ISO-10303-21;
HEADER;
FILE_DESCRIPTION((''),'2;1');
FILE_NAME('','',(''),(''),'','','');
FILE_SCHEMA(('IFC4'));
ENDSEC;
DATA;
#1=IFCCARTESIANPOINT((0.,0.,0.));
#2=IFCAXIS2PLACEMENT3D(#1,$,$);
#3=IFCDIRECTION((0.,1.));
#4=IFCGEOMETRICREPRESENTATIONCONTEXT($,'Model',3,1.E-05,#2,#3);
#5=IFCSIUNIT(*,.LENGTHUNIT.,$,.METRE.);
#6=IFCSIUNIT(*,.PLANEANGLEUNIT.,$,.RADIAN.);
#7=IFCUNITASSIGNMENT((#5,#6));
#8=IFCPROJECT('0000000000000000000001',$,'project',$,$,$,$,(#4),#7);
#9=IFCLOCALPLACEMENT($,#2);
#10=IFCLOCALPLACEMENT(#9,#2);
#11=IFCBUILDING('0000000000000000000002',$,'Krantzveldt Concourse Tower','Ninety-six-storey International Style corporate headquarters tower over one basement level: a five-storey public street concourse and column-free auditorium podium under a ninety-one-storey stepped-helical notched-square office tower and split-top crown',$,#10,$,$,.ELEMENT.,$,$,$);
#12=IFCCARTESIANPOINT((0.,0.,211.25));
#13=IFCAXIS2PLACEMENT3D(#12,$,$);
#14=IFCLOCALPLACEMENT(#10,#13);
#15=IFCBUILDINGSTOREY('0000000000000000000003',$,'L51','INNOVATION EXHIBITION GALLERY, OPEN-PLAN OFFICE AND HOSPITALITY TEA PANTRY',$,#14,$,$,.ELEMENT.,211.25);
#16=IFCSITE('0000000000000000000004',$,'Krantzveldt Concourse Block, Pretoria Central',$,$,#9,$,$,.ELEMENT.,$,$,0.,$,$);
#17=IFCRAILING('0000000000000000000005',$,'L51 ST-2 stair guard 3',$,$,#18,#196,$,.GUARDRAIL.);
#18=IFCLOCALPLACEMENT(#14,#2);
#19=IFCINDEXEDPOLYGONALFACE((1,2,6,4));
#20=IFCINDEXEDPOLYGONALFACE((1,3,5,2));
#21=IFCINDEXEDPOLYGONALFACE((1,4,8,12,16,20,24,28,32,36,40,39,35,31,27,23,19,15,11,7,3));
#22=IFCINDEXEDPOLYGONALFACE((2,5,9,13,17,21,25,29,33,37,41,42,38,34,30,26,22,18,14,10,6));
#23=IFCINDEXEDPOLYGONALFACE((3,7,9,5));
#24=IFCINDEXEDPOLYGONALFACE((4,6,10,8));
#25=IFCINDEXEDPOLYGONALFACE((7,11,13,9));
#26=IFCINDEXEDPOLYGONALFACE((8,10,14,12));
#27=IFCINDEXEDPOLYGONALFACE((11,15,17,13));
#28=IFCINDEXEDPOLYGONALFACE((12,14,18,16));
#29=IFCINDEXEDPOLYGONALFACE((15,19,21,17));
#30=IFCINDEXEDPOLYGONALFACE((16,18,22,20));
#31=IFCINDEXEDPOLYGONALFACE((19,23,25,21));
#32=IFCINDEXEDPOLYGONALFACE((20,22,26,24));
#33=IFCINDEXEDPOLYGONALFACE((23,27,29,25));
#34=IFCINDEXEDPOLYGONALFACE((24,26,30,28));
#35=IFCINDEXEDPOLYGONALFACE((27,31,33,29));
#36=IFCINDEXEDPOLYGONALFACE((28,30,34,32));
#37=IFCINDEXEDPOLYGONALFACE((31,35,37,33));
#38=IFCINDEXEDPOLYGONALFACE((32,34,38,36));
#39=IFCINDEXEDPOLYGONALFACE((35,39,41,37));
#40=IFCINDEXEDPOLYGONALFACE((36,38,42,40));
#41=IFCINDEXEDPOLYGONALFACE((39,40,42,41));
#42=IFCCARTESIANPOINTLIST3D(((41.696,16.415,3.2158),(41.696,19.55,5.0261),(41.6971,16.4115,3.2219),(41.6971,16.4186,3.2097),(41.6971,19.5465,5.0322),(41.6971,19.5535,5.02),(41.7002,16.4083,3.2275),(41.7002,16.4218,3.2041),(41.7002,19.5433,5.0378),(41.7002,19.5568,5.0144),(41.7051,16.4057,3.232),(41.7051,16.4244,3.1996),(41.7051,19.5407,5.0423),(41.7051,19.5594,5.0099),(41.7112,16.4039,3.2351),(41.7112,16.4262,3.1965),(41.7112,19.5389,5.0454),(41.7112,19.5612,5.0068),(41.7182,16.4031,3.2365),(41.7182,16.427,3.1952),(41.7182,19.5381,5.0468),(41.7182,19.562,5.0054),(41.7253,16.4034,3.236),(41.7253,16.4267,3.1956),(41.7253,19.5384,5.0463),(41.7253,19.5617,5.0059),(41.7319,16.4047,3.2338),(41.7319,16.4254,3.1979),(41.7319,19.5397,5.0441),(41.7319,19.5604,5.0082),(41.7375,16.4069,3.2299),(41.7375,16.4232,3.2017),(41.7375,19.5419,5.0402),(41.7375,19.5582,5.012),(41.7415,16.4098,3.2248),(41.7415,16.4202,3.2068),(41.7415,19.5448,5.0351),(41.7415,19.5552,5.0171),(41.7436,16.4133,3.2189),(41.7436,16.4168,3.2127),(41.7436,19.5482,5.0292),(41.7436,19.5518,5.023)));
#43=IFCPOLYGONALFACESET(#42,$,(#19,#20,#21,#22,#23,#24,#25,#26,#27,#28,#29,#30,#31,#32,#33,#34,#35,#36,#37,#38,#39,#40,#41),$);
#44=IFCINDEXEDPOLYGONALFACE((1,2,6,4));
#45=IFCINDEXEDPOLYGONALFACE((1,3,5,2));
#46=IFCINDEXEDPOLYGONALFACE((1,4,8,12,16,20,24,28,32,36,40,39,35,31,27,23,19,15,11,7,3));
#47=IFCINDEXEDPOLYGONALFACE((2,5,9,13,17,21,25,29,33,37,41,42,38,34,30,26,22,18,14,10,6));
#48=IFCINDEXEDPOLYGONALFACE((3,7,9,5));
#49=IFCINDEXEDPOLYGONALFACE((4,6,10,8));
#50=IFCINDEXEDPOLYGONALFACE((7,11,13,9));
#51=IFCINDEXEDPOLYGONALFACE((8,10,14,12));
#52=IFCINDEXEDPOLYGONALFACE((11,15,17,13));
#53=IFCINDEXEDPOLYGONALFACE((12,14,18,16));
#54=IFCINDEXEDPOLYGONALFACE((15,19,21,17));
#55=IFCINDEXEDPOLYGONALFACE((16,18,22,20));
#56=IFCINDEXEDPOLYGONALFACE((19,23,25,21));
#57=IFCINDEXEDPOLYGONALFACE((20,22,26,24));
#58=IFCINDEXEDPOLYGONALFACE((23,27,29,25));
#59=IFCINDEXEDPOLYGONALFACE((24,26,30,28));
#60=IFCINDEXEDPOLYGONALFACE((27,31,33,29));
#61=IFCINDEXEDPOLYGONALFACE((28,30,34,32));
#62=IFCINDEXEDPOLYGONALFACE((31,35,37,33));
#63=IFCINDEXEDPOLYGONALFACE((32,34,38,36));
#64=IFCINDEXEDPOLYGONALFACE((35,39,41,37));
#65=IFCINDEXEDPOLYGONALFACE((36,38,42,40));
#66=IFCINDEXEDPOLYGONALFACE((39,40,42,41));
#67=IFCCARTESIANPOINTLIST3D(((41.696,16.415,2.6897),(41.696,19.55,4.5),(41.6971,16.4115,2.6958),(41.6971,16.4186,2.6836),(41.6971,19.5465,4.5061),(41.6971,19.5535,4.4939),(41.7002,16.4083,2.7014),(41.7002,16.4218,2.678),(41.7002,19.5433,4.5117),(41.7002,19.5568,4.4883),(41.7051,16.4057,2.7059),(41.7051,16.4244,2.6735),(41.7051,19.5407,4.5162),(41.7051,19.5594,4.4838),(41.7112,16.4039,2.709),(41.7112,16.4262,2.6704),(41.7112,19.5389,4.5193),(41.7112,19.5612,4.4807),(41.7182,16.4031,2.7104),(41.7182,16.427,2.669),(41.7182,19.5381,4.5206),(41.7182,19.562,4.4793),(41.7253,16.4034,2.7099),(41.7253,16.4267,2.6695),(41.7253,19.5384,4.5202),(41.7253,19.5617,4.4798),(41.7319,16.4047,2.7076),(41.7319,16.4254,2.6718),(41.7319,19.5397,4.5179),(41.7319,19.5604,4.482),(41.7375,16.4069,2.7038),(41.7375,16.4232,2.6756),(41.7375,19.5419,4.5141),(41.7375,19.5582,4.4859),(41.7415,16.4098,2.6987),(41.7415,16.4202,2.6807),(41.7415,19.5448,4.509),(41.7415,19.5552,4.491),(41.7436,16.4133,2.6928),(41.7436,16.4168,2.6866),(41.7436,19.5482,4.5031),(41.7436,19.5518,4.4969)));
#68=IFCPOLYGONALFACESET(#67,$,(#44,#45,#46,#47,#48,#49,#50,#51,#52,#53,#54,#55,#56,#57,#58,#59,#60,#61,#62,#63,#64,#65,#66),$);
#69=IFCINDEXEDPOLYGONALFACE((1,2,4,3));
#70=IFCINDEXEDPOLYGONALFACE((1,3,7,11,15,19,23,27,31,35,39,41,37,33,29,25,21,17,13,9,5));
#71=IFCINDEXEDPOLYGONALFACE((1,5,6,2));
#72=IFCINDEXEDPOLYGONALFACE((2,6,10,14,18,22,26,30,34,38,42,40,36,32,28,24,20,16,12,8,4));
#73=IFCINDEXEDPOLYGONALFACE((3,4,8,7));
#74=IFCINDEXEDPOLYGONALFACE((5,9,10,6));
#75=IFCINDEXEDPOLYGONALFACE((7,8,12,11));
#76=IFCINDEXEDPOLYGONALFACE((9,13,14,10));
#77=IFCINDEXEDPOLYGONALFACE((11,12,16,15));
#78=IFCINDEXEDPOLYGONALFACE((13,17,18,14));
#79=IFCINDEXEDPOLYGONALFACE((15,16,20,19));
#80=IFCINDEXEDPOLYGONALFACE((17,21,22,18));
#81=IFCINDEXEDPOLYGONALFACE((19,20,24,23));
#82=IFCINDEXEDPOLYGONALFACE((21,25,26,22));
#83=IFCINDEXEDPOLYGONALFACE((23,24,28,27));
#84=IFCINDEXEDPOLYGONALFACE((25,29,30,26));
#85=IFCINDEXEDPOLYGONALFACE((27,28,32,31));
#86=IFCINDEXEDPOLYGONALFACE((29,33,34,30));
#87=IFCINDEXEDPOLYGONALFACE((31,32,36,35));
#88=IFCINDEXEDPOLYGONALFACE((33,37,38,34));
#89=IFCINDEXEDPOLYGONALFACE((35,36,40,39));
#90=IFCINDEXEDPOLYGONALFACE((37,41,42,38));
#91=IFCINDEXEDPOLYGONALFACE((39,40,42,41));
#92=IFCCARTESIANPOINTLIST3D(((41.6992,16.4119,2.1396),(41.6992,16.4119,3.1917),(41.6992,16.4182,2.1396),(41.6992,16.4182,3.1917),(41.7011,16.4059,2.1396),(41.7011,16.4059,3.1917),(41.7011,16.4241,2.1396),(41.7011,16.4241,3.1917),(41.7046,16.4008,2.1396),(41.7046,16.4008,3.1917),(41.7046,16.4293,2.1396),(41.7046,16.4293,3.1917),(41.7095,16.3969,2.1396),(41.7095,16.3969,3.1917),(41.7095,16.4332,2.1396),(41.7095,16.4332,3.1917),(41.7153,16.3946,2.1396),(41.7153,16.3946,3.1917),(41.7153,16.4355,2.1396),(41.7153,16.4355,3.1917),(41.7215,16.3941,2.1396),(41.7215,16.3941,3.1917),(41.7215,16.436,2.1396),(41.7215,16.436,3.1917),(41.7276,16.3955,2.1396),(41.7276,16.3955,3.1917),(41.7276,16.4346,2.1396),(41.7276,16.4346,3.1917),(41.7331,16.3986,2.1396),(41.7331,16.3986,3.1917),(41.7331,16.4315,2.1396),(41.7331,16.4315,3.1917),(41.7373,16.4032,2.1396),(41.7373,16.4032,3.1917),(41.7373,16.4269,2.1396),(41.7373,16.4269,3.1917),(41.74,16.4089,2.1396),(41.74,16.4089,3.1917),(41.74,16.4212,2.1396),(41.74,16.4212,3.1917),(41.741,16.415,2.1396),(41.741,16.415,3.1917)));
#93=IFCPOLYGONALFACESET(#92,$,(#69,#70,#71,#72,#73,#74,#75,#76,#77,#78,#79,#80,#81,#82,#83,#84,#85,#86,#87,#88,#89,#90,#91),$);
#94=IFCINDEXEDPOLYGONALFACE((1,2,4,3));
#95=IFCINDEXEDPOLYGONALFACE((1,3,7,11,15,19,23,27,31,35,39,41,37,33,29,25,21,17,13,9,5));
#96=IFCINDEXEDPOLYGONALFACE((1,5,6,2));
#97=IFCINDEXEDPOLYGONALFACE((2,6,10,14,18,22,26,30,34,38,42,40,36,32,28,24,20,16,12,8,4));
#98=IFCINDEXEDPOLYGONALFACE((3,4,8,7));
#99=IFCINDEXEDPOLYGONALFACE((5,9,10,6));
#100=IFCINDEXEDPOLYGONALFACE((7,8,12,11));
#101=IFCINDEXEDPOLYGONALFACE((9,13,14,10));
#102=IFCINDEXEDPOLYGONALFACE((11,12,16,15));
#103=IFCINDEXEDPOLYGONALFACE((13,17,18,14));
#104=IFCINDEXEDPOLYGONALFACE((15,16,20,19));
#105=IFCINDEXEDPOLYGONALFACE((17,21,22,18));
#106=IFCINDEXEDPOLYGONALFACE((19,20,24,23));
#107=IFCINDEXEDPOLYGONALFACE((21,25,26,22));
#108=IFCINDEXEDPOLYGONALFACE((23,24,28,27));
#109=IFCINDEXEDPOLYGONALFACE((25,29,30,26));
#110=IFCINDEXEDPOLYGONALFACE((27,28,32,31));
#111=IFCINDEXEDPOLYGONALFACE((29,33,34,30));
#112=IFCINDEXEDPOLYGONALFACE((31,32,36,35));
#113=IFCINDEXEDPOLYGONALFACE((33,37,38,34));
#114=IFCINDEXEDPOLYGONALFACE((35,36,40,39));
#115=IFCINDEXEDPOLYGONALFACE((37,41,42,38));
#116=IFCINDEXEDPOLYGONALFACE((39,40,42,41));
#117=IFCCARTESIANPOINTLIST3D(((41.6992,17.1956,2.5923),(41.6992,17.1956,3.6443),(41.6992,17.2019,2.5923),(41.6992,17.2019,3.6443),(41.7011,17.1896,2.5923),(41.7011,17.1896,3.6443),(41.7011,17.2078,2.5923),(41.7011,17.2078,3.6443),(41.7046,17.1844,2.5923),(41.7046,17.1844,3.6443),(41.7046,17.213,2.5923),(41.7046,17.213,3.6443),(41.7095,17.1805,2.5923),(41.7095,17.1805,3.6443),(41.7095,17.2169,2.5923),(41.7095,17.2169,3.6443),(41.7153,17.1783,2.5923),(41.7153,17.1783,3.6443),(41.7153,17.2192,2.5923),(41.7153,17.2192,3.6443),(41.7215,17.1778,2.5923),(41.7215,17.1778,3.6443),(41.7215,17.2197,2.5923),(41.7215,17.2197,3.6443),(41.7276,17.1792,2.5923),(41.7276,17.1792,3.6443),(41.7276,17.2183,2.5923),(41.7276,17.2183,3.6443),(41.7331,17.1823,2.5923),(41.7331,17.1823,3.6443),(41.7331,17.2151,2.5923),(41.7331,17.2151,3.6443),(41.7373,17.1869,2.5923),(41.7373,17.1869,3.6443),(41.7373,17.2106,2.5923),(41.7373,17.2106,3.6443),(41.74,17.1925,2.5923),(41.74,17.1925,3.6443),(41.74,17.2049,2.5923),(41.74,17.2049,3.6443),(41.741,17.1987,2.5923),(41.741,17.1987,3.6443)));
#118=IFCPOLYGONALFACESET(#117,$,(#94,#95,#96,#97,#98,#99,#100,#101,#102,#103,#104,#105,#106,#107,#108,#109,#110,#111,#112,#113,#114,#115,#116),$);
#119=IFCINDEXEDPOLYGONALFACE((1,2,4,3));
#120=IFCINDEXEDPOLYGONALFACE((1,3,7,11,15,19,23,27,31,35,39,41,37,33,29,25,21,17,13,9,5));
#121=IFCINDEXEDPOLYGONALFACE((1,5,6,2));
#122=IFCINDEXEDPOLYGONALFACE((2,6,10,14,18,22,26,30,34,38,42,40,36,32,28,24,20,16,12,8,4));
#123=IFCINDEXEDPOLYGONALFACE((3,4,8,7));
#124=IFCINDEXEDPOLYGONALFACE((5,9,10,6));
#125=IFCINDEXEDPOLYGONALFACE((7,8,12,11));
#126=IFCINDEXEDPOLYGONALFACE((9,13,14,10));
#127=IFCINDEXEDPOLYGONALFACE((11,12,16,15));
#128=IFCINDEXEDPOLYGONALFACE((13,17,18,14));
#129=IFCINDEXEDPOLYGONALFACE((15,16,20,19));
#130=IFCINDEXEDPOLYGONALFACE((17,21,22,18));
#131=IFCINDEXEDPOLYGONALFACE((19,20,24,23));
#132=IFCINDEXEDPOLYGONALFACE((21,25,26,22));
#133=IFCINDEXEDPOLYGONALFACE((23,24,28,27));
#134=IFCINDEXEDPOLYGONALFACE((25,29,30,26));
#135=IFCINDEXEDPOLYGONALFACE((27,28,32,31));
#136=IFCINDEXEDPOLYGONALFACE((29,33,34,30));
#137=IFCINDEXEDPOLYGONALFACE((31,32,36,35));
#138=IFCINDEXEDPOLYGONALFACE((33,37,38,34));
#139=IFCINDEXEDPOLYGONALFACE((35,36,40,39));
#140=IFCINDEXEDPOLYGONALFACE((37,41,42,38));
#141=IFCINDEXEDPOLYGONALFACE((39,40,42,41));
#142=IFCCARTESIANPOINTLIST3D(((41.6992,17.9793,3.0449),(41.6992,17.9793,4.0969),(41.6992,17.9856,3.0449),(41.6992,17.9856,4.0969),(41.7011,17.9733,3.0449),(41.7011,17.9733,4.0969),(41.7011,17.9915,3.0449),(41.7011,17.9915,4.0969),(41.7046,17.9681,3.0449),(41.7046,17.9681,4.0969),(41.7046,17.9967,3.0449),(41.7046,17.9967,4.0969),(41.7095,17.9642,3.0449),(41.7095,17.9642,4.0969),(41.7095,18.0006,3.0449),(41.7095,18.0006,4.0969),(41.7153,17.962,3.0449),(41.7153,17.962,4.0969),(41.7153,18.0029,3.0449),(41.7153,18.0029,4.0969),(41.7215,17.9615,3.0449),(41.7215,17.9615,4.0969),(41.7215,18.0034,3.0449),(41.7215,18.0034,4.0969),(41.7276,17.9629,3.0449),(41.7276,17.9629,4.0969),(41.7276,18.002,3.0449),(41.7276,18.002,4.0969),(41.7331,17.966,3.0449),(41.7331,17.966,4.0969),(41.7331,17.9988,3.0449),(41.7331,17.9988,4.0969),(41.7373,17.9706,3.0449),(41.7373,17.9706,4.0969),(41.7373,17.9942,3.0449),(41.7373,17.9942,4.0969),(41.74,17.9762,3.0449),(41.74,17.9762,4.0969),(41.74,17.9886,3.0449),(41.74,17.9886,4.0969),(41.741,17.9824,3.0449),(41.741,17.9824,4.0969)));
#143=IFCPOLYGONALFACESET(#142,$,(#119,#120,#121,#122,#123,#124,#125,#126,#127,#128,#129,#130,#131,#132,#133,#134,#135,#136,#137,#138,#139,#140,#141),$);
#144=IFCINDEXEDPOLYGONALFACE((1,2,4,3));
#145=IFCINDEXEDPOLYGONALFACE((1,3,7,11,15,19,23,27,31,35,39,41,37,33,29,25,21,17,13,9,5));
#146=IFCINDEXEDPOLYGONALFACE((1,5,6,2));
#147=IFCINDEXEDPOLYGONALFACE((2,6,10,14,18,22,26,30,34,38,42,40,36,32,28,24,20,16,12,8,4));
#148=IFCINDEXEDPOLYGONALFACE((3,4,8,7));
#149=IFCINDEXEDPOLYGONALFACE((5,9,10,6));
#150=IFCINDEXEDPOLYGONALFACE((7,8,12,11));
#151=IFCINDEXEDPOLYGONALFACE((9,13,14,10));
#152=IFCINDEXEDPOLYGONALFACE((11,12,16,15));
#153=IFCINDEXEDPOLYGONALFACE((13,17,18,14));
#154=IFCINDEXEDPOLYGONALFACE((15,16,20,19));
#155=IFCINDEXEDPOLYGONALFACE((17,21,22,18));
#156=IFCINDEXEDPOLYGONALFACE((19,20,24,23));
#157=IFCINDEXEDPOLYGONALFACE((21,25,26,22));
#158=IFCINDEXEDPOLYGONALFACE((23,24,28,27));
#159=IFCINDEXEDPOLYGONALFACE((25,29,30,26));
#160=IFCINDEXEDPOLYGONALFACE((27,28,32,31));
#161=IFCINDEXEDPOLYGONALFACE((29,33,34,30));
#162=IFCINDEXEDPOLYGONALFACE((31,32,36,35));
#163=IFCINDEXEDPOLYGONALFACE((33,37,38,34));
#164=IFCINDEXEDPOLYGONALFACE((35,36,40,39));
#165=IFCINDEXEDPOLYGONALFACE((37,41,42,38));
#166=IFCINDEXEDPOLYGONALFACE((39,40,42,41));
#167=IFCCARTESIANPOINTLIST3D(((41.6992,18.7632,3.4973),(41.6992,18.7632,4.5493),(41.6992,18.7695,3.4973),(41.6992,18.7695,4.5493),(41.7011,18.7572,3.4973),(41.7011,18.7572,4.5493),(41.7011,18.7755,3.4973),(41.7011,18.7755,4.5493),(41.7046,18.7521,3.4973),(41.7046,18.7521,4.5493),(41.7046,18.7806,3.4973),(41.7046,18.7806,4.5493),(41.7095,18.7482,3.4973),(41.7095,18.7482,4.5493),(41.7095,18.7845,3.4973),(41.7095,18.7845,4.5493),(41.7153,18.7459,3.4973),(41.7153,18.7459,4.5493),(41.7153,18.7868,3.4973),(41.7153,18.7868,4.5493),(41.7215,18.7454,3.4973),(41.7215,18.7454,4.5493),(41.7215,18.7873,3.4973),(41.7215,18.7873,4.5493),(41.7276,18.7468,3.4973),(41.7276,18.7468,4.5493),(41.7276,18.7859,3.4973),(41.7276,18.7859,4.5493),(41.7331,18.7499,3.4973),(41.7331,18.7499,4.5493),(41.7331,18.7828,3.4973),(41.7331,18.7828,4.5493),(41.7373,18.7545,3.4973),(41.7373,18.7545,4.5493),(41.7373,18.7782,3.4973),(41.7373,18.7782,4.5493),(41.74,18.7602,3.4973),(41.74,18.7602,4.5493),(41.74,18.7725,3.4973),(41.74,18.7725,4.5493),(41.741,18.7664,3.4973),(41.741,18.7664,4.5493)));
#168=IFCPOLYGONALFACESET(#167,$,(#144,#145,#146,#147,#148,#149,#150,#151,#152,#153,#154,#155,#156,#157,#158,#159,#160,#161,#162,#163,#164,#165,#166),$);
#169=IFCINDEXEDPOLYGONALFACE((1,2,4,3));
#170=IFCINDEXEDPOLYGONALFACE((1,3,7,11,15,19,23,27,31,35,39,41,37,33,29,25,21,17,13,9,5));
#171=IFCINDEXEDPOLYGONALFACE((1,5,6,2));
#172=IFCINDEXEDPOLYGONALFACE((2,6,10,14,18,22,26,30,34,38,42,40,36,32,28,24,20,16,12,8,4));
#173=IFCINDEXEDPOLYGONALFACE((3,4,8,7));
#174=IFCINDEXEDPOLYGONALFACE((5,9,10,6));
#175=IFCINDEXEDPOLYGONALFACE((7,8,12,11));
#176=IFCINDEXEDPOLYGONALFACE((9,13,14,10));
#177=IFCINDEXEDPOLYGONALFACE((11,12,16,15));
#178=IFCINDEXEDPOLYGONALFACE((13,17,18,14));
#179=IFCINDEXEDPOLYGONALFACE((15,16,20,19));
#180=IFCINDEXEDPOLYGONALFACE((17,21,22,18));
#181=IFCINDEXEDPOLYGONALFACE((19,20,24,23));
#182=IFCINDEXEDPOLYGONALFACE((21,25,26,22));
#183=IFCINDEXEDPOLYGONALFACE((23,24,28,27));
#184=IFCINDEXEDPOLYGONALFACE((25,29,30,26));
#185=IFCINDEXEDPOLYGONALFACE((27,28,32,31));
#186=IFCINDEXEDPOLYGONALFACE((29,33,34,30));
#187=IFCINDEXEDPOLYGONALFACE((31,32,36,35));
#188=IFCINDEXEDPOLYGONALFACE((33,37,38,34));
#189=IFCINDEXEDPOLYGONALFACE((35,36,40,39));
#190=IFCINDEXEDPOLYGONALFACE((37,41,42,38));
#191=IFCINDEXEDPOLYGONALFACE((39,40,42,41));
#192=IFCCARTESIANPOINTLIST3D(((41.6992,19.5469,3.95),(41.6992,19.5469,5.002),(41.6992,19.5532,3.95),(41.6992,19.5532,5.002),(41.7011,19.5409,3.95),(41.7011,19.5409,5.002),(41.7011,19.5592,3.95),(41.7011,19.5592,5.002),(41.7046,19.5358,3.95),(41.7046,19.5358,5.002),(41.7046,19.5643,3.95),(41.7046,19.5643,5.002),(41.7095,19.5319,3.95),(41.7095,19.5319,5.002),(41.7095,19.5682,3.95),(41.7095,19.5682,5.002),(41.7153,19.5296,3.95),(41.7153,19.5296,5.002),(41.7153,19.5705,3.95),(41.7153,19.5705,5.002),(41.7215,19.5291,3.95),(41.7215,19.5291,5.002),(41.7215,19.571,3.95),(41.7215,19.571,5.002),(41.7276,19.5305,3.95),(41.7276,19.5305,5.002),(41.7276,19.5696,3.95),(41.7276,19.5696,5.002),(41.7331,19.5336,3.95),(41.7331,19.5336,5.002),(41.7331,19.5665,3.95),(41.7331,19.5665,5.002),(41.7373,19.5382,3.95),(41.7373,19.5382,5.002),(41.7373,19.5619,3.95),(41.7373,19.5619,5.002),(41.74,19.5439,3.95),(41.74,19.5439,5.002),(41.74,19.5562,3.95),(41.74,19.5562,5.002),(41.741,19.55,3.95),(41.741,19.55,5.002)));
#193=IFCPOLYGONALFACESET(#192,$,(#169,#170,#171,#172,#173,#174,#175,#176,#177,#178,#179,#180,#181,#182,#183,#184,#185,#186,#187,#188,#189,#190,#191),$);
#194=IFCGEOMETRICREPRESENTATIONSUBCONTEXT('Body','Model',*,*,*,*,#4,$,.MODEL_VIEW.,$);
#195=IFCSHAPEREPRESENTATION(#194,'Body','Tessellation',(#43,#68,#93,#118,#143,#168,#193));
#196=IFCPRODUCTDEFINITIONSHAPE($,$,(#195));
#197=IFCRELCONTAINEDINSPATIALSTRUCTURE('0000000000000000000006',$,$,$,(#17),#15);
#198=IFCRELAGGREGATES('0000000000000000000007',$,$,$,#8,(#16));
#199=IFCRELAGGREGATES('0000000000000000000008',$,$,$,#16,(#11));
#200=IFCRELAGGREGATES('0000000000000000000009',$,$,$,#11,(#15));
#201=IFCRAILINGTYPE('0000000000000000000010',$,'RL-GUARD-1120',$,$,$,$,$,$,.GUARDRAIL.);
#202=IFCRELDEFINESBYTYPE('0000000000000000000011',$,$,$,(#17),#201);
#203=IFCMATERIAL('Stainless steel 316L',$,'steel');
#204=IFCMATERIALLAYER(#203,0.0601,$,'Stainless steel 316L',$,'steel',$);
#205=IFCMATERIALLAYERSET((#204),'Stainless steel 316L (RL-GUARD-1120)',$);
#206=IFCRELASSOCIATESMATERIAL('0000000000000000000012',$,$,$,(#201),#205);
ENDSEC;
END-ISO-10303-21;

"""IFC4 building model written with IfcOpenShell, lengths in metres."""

from ifc_helpers import new_model, si_unit, direction, frame, origin, origin_2d, place, context, subcontext, project, spatial, circle, extrude, material, layer, layer_set, type_object, element, save


model = new_model("IFC4")

# Units and contexts
model_context = context("Model", 3, precision=1e-05, world=origin(), true_north=direction((0.0, 1.0)))
body_context = subcontext(model_context, "Body", "Model", "MODEL_VIEW")
ifc_project = project(units=[si_unit("LENGTHUNIT", "METRE"), si_unit("PLANEANGLEUNIT", "RADIAN")], contexts=[model_context])

# Site, building, storey
site_placement = place(None, origin())
site = spatial("IfcSite", under=ifc_project, at=site_placement, Name="Krantzveldt Concourse Block, Pretoria Central", CompositionType="ELEMENT", RefElevation=0.0)
building_placement = place(site_placement, origin())
building = spatial("IfcBuilding", under=site, at=building_placement, Name="Krantzveldt Concourse Tower", Description="Ninety-six-storey International Style corporate headquarters tower over one basement level: a five-storey public street concourse and column-free auditorium podium under a ninety-one-storey stepped-helical notched-square office tower and split-top crown", CompositionType="ELEMENT")
storey_placement = place(building_placement, frame((0.0, 0.0, 211.25)))
storey = spatial("IfcBuildingStorey", under=building, at=storey_placement, Name="L51", Description="INNOVATION EXHIBITION GALLERY, OPEN-PLAN OFFICE AND HOSPITALITY TEA PANTRY", CompositionType="ELEMENT", Elevation=211.25)

# Shared definitions
ifc_material_1 = material(Name="Stainless steel 316L", Category="steel")

# Railing
ifc_layer_1 = layer(ifc_material_1, 0.0601, Name="Stainless steel 316L", Category="steel")
ifc_layer_set_1 = layer_set([ifc_layer_1], Name="Stainless steel 316L (RL-GUARD-1120)")
railing_type_1 = type_object("IfcRailingType", Name="RL-GUARD-1120", PredefinedType="GUARDRAIL", material=ifc_layer_set_1)
railing_1_placement = place(storey_placement, frame((41.72, 16.415, 2.1396)))
element("IfcRailing", 1, at=railing_1_placement, inside=storey, type_object=railing_type_1, Name="L51 ST-2 stair guard 3", PredefinedType="GUARDRAIL", context=body_context, shape_type="SweptSolid", body=[
    extrude(circle(Radius=0.0239, at=origin_2d()), frame((0.0, 0.0, 1.0762), z_axis=(0.0, 0.865989, 0.500063), x_axis=(-1.0, 0.0, 0.0)), (0.0, 0.0, 1.0), 3.6201),
    extrude(circle(Radius=0.0239, at=origin_2d()), frame((0.0, 0.0, 0.55), z_axis=(0.0, 0.865989, 0.500063), x_axis=(-1.0, 0.0, 0.0)), (0.0, 0.0, 1.0), 3.6201),
    extrude(circle(Radius=0.021, at=origin_2d()), origin(), (0.0, 0.0, 1.0), 1.052),
    extrude(circle(Radius=0.021, at=origin_2d()), frame((0.0, 0.7837, 0.4526)), (0.0, 0.0, 1.0), 1.052),
    extrude(circle(Radius=0.021, at=origin_2d()), frame((0.0, 1.5674, 0.9053)), (0.0, 0.0, 1.0), 1.052),
    extrude(circle(Radius=0.021, at=origin_2d()), frame((0.0, 2.3513, 1.3577)), (0.0, 0.0, 1.0), 1.052),
    extrude(circle(Radius=0.021, at=origin_2d()), frame((0.0, 3.135, 1.8103)), (0.0, 0.0, 1.0), 1.052),
])

save(model, "model.ifc")
